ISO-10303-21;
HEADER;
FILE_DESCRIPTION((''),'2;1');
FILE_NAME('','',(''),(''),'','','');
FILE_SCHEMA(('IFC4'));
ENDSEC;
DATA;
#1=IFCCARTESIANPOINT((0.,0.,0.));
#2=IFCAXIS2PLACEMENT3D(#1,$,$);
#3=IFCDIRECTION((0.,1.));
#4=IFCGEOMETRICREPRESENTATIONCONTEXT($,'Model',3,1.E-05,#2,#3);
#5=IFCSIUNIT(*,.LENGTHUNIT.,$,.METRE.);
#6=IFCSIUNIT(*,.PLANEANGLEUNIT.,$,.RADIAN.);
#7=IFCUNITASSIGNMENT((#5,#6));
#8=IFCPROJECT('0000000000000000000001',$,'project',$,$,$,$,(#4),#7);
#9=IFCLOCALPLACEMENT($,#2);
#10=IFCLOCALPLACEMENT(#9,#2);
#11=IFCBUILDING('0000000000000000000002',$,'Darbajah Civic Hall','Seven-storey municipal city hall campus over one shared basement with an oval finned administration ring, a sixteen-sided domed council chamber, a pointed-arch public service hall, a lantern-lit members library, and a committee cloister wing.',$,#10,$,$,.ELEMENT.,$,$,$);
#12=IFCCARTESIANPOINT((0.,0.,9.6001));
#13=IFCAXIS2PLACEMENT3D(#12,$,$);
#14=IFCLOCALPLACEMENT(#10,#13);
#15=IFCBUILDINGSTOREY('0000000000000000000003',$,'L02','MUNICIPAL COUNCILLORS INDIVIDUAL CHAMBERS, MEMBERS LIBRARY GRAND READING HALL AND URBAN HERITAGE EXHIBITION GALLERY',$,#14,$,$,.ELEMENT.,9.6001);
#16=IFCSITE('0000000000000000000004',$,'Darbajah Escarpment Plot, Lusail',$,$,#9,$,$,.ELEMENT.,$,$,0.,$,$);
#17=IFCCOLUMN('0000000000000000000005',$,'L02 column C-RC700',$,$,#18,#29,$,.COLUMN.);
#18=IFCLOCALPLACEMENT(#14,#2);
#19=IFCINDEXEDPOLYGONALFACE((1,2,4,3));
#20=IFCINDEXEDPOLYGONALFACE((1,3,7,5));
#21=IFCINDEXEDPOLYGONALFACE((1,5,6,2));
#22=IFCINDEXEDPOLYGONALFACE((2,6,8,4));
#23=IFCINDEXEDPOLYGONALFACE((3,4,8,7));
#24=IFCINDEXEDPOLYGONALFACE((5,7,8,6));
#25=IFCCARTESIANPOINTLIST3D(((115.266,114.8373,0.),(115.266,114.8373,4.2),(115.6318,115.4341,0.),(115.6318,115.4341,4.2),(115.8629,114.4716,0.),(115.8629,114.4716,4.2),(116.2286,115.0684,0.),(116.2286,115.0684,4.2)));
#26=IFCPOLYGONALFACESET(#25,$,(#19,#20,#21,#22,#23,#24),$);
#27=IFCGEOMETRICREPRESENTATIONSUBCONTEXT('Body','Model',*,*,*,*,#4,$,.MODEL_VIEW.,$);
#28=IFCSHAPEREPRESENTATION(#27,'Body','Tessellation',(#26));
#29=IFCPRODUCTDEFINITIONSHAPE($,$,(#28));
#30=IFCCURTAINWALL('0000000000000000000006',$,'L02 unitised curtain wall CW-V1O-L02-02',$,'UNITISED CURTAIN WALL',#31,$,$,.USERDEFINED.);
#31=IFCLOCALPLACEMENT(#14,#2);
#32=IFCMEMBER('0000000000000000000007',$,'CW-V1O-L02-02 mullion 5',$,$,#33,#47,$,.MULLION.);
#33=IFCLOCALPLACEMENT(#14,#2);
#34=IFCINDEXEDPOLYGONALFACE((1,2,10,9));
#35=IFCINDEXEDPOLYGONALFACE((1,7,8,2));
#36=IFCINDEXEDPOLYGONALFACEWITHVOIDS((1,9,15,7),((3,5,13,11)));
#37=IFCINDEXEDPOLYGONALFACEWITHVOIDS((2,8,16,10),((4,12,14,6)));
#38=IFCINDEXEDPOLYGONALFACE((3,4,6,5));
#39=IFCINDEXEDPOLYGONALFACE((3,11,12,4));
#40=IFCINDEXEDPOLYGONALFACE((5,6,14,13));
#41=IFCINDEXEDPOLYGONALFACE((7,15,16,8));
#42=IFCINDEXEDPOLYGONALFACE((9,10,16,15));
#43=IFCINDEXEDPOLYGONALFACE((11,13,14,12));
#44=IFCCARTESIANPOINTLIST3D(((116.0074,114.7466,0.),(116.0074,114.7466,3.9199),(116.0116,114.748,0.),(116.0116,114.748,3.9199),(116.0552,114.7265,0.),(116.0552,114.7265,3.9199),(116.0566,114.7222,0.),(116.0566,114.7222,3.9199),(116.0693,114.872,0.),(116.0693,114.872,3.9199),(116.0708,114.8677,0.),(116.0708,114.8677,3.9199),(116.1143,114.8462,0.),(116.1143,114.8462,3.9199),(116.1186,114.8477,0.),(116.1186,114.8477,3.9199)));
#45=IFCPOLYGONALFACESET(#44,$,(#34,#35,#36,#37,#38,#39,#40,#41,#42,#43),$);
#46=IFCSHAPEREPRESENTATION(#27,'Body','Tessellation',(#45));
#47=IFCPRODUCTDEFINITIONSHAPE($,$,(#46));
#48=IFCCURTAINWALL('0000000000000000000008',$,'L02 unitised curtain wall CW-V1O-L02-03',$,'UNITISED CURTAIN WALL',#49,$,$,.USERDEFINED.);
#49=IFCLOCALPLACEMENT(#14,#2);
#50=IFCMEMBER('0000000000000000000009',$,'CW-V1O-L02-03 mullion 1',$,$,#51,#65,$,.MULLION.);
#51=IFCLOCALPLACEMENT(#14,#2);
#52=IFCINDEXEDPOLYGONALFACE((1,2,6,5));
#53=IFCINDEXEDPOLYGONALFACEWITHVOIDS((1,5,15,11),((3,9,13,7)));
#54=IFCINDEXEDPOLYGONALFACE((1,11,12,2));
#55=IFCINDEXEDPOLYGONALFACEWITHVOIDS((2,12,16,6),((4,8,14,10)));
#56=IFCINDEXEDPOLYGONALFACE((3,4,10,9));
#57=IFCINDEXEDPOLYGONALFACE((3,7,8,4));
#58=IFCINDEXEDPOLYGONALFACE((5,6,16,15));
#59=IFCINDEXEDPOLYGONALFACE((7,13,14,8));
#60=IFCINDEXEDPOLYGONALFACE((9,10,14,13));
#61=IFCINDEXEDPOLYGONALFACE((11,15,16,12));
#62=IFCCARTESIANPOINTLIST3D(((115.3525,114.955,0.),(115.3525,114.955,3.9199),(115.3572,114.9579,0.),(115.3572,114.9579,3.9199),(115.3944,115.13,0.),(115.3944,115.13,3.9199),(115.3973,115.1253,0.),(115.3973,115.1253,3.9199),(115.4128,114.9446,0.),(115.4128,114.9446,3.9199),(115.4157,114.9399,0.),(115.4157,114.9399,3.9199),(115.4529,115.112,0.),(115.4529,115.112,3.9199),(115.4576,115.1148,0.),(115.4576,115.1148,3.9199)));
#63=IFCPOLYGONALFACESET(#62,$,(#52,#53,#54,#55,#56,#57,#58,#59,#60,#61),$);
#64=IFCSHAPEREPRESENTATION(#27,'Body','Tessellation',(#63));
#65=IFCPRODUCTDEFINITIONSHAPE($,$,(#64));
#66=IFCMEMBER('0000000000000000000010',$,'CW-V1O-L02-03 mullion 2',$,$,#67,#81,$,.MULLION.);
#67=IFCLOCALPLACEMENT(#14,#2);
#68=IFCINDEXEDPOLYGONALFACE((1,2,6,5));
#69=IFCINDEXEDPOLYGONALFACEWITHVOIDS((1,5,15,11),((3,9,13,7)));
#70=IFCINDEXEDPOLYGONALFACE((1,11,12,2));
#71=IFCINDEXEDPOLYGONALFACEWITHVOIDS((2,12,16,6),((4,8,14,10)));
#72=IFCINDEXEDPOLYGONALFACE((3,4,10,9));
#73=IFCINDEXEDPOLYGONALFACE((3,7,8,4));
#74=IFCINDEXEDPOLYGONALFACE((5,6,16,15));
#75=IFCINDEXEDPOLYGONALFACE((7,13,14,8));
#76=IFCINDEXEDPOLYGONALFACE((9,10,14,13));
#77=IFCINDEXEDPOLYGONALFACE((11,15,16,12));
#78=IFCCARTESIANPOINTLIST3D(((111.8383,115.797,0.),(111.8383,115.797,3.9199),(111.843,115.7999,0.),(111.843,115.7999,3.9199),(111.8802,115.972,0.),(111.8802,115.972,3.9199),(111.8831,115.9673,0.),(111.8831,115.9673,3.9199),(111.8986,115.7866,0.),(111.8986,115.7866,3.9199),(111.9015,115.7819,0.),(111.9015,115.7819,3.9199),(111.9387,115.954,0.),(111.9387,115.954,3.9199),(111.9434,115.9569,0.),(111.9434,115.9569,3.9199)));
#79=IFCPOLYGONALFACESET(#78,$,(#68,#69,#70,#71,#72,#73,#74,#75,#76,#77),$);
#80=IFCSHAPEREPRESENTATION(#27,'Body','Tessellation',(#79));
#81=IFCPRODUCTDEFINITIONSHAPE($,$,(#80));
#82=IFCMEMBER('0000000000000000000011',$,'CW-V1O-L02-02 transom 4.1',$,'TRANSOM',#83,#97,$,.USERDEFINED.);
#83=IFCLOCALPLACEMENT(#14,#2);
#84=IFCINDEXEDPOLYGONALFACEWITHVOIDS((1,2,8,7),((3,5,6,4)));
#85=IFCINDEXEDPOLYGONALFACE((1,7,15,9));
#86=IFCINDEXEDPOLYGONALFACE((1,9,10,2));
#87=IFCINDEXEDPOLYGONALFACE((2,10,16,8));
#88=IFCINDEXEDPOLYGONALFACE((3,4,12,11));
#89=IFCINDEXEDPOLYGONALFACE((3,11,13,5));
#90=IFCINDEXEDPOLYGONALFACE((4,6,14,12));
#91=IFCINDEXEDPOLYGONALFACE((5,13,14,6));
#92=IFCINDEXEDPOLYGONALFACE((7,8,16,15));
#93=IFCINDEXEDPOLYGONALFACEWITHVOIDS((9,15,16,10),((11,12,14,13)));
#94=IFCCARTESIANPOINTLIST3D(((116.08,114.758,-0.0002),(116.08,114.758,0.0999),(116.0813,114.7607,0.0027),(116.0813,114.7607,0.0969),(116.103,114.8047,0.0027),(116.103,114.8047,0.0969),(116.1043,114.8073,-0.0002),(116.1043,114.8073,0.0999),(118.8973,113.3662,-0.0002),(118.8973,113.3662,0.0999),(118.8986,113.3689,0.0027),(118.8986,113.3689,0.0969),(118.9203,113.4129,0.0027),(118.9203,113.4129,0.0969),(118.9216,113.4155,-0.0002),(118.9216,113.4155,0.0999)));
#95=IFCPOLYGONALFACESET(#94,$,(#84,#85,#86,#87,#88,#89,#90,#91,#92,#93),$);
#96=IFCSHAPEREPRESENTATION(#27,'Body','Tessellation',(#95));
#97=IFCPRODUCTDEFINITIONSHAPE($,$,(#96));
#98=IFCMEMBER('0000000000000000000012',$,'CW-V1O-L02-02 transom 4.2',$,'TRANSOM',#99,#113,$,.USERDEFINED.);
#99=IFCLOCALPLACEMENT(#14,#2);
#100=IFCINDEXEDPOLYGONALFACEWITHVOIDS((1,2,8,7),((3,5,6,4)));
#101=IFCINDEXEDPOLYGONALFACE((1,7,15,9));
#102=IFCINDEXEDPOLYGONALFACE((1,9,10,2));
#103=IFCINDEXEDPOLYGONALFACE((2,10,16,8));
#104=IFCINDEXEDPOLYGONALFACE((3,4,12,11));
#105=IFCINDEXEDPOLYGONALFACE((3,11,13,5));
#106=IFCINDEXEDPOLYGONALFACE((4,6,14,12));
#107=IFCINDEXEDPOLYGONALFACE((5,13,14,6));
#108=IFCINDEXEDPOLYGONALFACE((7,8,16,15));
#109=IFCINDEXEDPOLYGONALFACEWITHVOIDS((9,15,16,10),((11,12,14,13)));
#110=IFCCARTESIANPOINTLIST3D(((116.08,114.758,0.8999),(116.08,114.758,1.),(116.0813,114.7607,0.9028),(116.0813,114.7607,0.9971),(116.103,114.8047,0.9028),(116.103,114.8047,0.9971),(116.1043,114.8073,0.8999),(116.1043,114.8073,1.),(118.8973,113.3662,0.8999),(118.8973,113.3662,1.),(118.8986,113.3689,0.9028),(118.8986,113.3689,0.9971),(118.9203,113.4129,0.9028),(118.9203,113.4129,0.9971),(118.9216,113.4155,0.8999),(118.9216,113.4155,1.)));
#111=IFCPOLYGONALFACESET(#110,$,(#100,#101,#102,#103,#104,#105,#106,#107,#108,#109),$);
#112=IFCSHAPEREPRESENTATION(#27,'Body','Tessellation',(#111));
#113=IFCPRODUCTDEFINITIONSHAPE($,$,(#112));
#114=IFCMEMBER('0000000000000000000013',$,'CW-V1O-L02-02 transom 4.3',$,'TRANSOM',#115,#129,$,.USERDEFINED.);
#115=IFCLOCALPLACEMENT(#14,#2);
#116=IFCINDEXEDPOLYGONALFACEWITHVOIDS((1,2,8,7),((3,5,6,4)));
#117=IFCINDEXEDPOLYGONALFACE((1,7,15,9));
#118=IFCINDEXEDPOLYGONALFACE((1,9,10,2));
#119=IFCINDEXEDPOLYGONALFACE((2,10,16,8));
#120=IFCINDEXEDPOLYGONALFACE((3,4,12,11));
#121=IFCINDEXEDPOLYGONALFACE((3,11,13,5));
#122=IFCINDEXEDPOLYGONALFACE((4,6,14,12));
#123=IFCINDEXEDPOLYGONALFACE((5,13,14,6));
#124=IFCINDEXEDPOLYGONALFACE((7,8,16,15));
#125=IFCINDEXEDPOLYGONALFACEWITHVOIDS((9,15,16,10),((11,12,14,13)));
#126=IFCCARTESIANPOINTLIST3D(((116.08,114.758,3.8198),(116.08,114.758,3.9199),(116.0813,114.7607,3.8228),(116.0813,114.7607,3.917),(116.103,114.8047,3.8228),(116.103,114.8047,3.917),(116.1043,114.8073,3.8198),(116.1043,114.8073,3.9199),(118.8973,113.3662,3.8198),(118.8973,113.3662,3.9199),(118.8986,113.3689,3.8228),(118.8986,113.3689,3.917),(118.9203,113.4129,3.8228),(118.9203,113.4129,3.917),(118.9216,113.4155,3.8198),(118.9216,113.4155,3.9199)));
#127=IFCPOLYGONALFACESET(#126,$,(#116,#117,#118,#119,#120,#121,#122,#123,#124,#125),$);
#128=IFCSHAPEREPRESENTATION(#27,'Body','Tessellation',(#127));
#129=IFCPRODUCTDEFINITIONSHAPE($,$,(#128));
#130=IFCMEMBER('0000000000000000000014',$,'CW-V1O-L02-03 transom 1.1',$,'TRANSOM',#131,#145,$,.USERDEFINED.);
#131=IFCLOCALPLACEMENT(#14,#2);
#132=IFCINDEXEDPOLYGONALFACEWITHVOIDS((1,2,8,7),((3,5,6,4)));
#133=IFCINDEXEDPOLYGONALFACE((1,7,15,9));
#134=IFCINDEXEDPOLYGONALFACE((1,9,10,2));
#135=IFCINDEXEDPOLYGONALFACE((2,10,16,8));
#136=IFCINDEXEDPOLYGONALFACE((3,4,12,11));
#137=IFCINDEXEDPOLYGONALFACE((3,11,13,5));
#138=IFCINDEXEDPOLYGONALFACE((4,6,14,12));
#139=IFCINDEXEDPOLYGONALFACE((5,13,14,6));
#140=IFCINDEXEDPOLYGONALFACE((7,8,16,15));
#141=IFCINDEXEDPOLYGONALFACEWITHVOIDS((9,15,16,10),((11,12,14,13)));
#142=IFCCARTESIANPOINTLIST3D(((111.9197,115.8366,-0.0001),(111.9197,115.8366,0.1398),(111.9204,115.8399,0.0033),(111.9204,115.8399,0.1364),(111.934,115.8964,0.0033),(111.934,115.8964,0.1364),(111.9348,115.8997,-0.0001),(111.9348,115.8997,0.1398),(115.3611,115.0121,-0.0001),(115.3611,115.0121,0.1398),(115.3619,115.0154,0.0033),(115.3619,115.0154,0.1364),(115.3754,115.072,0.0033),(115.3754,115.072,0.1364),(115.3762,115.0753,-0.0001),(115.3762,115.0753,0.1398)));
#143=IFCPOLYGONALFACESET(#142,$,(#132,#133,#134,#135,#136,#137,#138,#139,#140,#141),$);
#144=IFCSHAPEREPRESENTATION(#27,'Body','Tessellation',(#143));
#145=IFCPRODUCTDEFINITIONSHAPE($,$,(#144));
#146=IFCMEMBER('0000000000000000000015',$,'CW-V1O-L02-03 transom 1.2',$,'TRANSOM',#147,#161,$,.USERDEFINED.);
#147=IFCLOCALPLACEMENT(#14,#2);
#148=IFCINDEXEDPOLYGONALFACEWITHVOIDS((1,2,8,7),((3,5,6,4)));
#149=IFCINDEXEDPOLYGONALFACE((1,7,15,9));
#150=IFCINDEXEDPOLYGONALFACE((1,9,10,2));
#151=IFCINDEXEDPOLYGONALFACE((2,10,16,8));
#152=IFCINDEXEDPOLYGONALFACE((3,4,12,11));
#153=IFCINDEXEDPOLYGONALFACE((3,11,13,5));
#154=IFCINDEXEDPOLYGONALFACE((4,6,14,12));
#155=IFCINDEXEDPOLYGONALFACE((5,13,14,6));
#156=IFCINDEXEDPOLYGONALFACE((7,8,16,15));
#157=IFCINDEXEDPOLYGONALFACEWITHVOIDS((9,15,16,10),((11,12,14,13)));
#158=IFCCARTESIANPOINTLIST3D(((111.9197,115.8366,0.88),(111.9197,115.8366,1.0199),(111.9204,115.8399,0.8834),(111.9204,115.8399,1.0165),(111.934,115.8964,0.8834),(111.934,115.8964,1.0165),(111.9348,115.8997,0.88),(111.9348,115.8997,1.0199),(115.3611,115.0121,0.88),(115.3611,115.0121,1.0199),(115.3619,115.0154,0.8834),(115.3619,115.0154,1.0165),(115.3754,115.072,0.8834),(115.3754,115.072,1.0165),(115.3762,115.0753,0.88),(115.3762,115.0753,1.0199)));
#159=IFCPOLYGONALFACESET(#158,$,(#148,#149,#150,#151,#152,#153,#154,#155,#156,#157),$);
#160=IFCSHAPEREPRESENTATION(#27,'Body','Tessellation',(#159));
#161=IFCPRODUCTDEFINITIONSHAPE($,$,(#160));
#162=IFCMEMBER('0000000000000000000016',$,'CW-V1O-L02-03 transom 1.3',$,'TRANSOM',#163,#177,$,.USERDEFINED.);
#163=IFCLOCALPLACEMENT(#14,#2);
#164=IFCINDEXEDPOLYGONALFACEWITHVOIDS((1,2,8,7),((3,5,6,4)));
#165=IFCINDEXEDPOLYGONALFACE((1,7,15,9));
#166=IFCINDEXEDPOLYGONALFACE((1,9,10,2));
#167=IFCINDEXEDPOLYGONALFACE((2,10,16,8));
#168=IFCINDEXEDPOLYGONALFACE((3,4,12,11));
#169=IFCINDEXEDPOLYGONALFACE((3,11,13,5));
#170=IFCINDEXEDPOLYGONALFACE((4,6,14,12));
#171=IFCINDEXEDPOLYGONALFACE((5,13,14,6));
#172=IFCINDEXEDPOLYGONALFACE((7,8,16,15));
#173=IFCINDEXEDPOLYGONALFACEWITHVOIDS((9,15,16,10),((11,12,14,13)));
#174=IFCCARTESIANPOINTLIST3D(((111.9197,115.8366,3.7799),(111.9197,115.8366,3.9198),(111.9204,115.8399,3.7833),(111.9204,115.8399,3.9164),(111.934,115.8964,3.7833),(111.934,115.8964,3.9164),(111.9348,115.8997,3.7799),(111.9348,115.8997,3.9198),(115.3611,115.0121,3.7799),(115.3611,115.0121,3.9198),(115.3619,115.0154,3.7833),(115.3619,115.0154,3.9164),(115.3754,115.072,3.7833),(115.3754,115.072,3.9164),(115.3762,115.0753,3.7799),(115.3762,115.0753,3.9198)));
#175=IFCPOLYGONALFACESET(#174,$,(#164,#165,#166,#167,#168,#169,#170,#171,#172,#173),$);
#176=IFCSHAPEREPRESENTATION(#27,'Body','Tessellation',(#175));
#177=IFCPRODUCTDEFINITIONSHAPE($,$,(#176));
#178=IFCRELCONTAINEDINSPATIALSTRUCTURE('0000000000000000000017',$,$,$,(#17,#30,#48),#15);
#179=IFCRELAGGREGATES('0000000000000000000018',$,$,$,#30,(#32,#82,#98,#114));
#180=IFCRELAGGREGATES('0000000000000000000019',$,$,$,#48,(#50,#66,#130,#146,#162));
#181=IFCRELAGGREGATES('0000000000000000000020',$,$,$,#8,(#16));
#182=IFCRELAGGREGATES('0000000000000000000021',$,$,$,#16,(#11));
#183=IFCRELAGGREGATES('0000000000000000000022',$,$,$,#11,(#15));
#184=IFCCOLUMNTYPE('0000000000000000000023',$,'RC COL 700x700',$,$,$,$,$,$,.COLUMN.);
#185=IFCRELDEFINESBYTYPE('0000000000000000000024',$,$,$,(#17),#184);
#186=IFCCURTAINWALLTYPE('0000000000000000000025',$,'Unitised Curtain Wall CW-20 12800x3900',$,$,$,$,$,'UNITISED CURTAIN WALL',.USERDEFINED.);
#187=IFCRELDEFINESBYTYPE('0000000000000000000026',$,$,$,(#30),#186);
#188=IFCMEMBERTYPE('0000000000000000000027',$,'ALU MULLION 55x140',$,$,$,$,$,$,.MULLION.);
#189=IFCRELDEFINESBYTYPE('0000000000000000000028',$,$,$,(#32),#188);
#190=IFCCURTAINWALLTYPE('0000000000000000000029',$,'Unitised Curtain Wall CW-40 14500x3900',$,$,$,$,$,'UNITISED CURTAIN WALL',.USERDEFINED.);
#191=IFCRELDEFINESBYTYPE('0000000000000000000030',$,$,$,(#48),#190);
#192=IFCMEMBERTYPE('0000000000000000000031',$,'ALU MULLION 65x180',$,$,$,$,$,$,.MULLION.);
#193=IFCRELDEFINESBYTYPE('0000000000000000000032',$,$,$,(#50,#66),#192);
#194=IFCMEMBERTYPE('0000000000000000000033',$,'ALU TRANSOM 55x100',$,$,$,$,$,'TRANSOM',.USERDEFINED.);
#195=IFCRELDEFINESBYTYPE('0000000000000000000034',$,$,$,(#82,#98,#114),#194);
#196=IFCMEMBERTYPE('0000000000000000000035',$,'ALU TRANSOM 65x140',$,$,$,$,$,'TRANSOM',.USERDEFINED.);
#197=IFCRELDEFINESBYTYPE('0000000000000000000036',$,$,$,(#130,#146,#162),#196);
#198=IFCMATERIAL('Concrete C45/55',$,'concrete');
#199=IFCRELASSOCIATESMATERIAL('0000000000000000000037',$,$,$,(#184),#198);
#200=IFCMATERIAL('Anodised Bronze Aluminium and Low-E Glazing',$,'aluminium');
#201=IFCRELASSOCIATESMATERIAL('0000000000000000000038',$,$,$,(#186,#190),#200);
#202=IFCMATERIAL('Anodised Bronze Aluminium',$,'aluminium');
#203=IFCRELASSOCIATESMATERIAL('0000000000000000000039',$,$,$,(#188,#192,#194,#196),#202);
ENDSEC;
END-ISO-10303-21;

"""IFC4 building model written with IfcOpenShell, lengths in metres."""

from ifc_helpers import new_model, si_unit, direction, frame, origin, origin_2d, place, context, subcontext, project, spatial, rectangle, hollow_rectangle, extrude, material, material_profile, profile_set, type_object, element, aggregate, save


model = new_model("IFC4")

# Units and contexts
model_context = context("Model", 3, precision=1e-05, world=origin(), true_north=direction((0.0, 1.0)))
body_context = subcontext(model_context, "Body", "Model", "MODEL_VIEW")
ifc_project = project(units=[si_unit("LENGTHUNIT", "METRE"), si_unit("PLANEANGLEUNIT", "RADIAN")], contexts=[model_context])

# Site, building, storey
site_placement = place(None, origin())
site = spatial("IfcSite", under=ifc_project, at=site_placement, Name="Darbajah Escarpment Plot, Lusail", CompositionType="ELEMENT", RefElevation=0.0)
building_placement = place(site_placement, origin())
building = spatial("IfcBuilding", under=site, at=building_placement, Name="Darbajah Civic Hall", Description="Seven-storey municipal city hall campus over one shared basement with an oval finned administration ring, a sixteen-sided domed council chamber, a pointed-arch public service hall, a lantern-lit members library, and a committee cloister wing.", CompositionType="ELEMENT")
storey_placement = place(building_placement, frame((0.0, 0.0, 9.6001)))
storey = spatial("IfcBuildingStorey", under=building, at=storey_placement, Name="L02", Description="MUNICIPAL COUNCILLORS INDIVIDUAL CHAMBERS, MEMBERS LIBRARY GRAND READING HALL AND URBAN HERITAGE EXHIBITION GALLERY", CompositionType="ELEMENT", Elevation=9.6001)

# Column
ifc_material_1 = material(Name="Concrete C45/55", Category="concrete")
ifc_material_profile_1 = material_profile(ifc_material_1, rectangle(XDim=0.7, YDim=0.7, at=origin_2d()), Name="RC COL 700x700")
ifc_profile_set_1 = profile_set([ifc_material_profile_1], Name="Concrete C45/55")
column_type = type_object("IfcColumnType", Name="RC COL 700x700", PredefinedType="COLUMN", material=ifc_profile_set_1)
column_placement = place(storey_placement, frame((115.7473, 114.9529, 0.0), z_axis=(0.0, 0.0, 1.0), x_axis=(0.522499, 0.85264, 0.0)))
element("IfcColumn", 1, at=column_placement, inside=storey, type_object=column_type, Name="L02 column C-RC700", PredefinedType="COLUMN", context=body_context, shape_type="SweptSolid", body=[
    extrude(rectangle(XDim=0.7, YDim=0.7, at=origin_2d()), origin(), (0.0, 0.0, 1.0), 4.2),
])

# Curtain wall, member
ifc_material_2 = material(Name="Anodised Bronze Aluminium and Low-E Glazing", Category="aluminium")
curtain_wall_type_1 = type_object("IfcCurtainWallType", Name="Unitised Curtain Wall CW-20 12800x3900", ElementType="UNITISED CURTAIN WALL", PredefinedType="USERDEFINED", material=ifc_material_2)
curtain_wall_1_placement = place(storey_placement, origin())
curtain_wall_1 = element("IfcCurtainWall", 2, at=curtain_wall_1_placement, inside=storey, type_object=curtain_wall_type_1, Name="L02 unitised curtain wall CW-V1O-L02-02", ObjectType="UNITISED CURTAIN WALL", PredefinedType="USERDEFINED")
ifc_material_3 = material(Name="Anodised Bronze Aluminium", Category="aluminium")
ifc_material_profile_2 = material_profile(ifc_material_3, hollow_rectangle(XDim=0.0549, YDim=0.1399, WallThickness=0.0032, at=origin_2d()), Name="ALU MULLION 55x140")
ifc_profile_set_2 = profile_set([ifc_material_profile_2], Name="Anodised Bronze Aluminium")
member_type_1 = type_object("IfcMemberType", Name="ALU MULLION 55x140", PredefinedType="MULLION", material=ifc_profile_set_2)
member_1_placement = place(storey_placement, frame((116.063, 114.7971, 0.0), z_axis=(0.0, 0.0, 1.0), x_axis=(-0.896564, 0.442915, 0.0)))
member_1 = element("IfcMember", 3, at=member_1_placement, type_object=member_type_1, Name="CW-V1O-L02-02 mullion 5", PredefinedType="MULLION", context=body_context, shape_type="SweptSolid", body=[
    extrude(hollow_rectangle(XDim=0.0549, YDim=0.1399, WallThickness=0.0032, at=origin_2d()), origin(), (0.0, 0.0, 1.0), 3.9199),
])

# Curtain wall, members
curtain_wall_type_2 = type_object("IfcCurtainWallType", Name="Unitised Curtain Wall CW-40 14500x3900", ElementType="UNITISED CURTAIN WALL", PredefinedType="USERDEFINED", material=ifc_material_2)
curtain_wall_2_placement = place(storey_placement, origin())
curtain_wall_2 = element("IfcCurtainWall", 4, at=curtain_wall_2_placement, inside=storey, type_object=curtain_wall_type_2, Name="L02 unitised curtain wall CW-V1O-L02-03", ObjectType="UNITISED CURTAIN WALL", PredefinedType="USERDEFINED")
ifc_material_profile_3 = material_profile(ifc_material_3, hollow_rectangle(XDim=0.0649, YDim=0.1799, WallThickness=0.0039, at=origin_2d()), Name="ALU MULLION 65x180")
ifc_profile_set_3 = profile_set([ifc_material_profile_3], Name="Anodised Bronze Aluminium")
member_type_2 = type_object("IfcMemberType", Name="ALU MULLION 65x180", PredefinedType="MULLION", material=ifc_profile_set_3)
member_2_placement = place(storey_placement, frame((115.405, 115.0349, 0.0), z_axis=(0.0, 0.0, 1.0), x_axis=(-0.972492, 0.232936, 0.0)))
member_2 = element("IfcMember", 5, at=member_2_placement, type_object=member_type_2, Name="CW-V1O-L02-03 mullion 1", PredefinedType="MULLION", context=body_context, shape_type="SweptSolid", body=[
    extrude(hollow_rectangle(XDim=0.0649, YDim=0.1799, WallThickness=0.0039, at=origin_2d()), origin(), (0.0, 0.0, 1.0), 3.9199),
])
member_3_placement = place(storey_placement, frame((111.8909, 115.877, 0.0), z_axis=(0.0, 0.0, 1.0), x_axis=(-0.972492, 0.232936, 0.0)))
member_3 = element("IfcMember", 6, at=member_3_placement, type_object=member_type_2, Name="CW-V1O-L02-03 mullion 2", PredefinedType="MULLION", context=body_context, shape_type="SweptSolid", body=[
    extrude(hollow_rectangle(XDim=0.0649, YDim=0.1799, WallThickness=0.0039, at=origin_2d()), origin(), (0.0, 0.0, 1.0), 3.9199),
])

# Members
ifc_material_profile_4 = material_profile(ifc_material_3, hollow_rectangle(XDim=0.0549, YDim=0.1001, WallThickness=0.0029, at=origin_2d()), Name="ALU TRANSOM 55x100")
ifc_profile_set_4 = profile_set([ifc_material_profile_4], Name="Anodised Bronze Aluminium")
member_type_3 = type_object("IfcMemberType", Name="ALU TRANSOM 55x100", ElementType="TRANSOM", PredefinedType="USERDEFINED", material=ifc_profile_set_4)
member_4_placement = place(storey_placement, frame((118.9094, 113.3909, 0.0498), z_axis=(-0.896561, 0.44292, 0.0), x_axis=(-0.44292, -0.896561, 0.0)))
member_4 = element("IfcMember", 7, at=member_4_placement, type_object=member_type_3, Name="CW-V1O-L02-02 transom 4.1", ObjectType="TRANSOM", PredefinedType="USERDEFINED", context=body_context, shape_type="SweptSolid", body=[
    extrude(hollow_rectangle(XDim=0.0549, YDim=0.1001, WallThickness=0.0029, at=origin_2d()), origin(), (0.0, 0.0, 1.0), 3.1423),
])
member_5_placement = place(storey_placement, frame((118.9094, 113.3909, 0.95), z_axis=(-0.896561, 0.44292, 0.0), x_axis=(-0.44292, -0.896561, 0.0)))
member_5 = element("IfcMember", 8, at=member_5_placement, type_object=member_type_3, Name="CW-V1O-L02-02 transom 4.2", ObjectType="TRANSOM", PredefinedType="USERDEFINED", context=body_context, shape_type="SweptSolid", body=[
    extrude(hollow_rectangle(XDim=0.0549, YDim=0.1001, WallThickness=0.0029, at=origin_2d()), origin(), (0.0, 0.0, 1.0), 3.1423),
])
member_6_placement = place(storey_placement, frame((118.9094, 113.3909, 3.8699), z_axis=(-0.896561, 0.44292, 0.0), x_axis=(-0.44292, -0.896561, 0.0)))
member_6 = element("IfcMember", 9, at=member_6_placement, type_object=member_type_3, Name="CW-V1O-L02-02 transom 4.3", ObjectType="TRANSOM", PredefinedType="USERDEFINED", context=body_context, shape_type="SweptSolid", body=[
    extrude(hollow_rectangle(XDim=0.0549, YDim=0.1001, WallThickness=0.0029, at=origin_2d()), origin(), (0.0, 0.0, 1.0), 3.1423),
])
ifc_material_profile_5 = material_profile(ifc_material_3, hollow_rectangle(XDim=0.0649, YDim=0.1399, WallThickness=0.0034, at=origin_2d()), Name="ALU TRANSOM 65x140")
ifc_profile_set_5 = profile_set([ifc_material_profile_5], Name="Anodised Bronze Aluminium")
member_type_4 = type_object("IfcMemberType", Name="ALU TRANSOM 65x140", ElementType="TRANSOM", PredefinedType="USERDEFINED", material=ifc_profile_set_5)
member_7_placement = place(storey_placement, frame((115.3687, 115.0437, 0.0698), z_axis=(-0.972482, 0.232979, 0.0), x_axis=(-0.232979, -0.972482, 0.0)))
member_7 = element("IfcMember", 10, at=member_7_placement, type_object=member_type_4, Name="CW-V1O-L02-03 transom 1.1", ObjectType="TRANSOM", PredefinedType="USERDEFINED", context=body_context, shape_type="SweptSolid", body=[
    extrude(hollow_rectangle(XDim=0.0649, YDim=0.1399, WallThickness=0.0034, at=origin_2d()), origin(), (0.0, 0.0, 1.0), 3.5388),
])
member_8_placement = place(storey_placement, frame((115.3687, 115.0437, 0.95), z_axis=(-0.972482, 0.232979, 0.0), x_axis=(-0.232979, -0.972482, 0.0)))
member_8 = element("IfcMember", 11, at=member_8_placement, type_object=member_type_4, Name="CW-V1O-L02-03 transom 1.2", ObjectType="TRANSOM", PredefinedType="USERDEFINED", context=body_context, shape_type="SweptSolid", body=[
    extrude(hollow_rectangle(XDim=0.0649, YDim=0.1399, WallThickness=0.0034, at=origin_2d()), origin(), (0.0, 0.0, 1.0), 3.5388),
])
member_9_placement = place(storey_placement, frame((115.3687, 115.0437, 3.8499), z_axis=(-0.972482, 0.232979, 0.0), x_axis=(-0.232979, -0.972482, 0.0)))
member_9 = element("IfcMember", 12, at=member_9_placement, type_object=member_type_4, Name="CW-V1O-L02-03 transom 1.3", ObjectType="TRANSOM", PredefinedType="USERDEFINED", context=body_context, shape_type="SweptSolid", body=[
    extrude(hollow_rectangle(XDim=0.0649, YDim=0.1399, WallThickness=0.0034, at=origin_2d()), origin(), (0.0, 0.0, 1.0), 3.5388),
])

aggregate(curtain_wall_1, [member_1, member_4, member_5, member_6])
aggregate(curtain_wall_2, [member_2, member_3, member_7, member_8, member_9])

save(model, "model.ifc")
